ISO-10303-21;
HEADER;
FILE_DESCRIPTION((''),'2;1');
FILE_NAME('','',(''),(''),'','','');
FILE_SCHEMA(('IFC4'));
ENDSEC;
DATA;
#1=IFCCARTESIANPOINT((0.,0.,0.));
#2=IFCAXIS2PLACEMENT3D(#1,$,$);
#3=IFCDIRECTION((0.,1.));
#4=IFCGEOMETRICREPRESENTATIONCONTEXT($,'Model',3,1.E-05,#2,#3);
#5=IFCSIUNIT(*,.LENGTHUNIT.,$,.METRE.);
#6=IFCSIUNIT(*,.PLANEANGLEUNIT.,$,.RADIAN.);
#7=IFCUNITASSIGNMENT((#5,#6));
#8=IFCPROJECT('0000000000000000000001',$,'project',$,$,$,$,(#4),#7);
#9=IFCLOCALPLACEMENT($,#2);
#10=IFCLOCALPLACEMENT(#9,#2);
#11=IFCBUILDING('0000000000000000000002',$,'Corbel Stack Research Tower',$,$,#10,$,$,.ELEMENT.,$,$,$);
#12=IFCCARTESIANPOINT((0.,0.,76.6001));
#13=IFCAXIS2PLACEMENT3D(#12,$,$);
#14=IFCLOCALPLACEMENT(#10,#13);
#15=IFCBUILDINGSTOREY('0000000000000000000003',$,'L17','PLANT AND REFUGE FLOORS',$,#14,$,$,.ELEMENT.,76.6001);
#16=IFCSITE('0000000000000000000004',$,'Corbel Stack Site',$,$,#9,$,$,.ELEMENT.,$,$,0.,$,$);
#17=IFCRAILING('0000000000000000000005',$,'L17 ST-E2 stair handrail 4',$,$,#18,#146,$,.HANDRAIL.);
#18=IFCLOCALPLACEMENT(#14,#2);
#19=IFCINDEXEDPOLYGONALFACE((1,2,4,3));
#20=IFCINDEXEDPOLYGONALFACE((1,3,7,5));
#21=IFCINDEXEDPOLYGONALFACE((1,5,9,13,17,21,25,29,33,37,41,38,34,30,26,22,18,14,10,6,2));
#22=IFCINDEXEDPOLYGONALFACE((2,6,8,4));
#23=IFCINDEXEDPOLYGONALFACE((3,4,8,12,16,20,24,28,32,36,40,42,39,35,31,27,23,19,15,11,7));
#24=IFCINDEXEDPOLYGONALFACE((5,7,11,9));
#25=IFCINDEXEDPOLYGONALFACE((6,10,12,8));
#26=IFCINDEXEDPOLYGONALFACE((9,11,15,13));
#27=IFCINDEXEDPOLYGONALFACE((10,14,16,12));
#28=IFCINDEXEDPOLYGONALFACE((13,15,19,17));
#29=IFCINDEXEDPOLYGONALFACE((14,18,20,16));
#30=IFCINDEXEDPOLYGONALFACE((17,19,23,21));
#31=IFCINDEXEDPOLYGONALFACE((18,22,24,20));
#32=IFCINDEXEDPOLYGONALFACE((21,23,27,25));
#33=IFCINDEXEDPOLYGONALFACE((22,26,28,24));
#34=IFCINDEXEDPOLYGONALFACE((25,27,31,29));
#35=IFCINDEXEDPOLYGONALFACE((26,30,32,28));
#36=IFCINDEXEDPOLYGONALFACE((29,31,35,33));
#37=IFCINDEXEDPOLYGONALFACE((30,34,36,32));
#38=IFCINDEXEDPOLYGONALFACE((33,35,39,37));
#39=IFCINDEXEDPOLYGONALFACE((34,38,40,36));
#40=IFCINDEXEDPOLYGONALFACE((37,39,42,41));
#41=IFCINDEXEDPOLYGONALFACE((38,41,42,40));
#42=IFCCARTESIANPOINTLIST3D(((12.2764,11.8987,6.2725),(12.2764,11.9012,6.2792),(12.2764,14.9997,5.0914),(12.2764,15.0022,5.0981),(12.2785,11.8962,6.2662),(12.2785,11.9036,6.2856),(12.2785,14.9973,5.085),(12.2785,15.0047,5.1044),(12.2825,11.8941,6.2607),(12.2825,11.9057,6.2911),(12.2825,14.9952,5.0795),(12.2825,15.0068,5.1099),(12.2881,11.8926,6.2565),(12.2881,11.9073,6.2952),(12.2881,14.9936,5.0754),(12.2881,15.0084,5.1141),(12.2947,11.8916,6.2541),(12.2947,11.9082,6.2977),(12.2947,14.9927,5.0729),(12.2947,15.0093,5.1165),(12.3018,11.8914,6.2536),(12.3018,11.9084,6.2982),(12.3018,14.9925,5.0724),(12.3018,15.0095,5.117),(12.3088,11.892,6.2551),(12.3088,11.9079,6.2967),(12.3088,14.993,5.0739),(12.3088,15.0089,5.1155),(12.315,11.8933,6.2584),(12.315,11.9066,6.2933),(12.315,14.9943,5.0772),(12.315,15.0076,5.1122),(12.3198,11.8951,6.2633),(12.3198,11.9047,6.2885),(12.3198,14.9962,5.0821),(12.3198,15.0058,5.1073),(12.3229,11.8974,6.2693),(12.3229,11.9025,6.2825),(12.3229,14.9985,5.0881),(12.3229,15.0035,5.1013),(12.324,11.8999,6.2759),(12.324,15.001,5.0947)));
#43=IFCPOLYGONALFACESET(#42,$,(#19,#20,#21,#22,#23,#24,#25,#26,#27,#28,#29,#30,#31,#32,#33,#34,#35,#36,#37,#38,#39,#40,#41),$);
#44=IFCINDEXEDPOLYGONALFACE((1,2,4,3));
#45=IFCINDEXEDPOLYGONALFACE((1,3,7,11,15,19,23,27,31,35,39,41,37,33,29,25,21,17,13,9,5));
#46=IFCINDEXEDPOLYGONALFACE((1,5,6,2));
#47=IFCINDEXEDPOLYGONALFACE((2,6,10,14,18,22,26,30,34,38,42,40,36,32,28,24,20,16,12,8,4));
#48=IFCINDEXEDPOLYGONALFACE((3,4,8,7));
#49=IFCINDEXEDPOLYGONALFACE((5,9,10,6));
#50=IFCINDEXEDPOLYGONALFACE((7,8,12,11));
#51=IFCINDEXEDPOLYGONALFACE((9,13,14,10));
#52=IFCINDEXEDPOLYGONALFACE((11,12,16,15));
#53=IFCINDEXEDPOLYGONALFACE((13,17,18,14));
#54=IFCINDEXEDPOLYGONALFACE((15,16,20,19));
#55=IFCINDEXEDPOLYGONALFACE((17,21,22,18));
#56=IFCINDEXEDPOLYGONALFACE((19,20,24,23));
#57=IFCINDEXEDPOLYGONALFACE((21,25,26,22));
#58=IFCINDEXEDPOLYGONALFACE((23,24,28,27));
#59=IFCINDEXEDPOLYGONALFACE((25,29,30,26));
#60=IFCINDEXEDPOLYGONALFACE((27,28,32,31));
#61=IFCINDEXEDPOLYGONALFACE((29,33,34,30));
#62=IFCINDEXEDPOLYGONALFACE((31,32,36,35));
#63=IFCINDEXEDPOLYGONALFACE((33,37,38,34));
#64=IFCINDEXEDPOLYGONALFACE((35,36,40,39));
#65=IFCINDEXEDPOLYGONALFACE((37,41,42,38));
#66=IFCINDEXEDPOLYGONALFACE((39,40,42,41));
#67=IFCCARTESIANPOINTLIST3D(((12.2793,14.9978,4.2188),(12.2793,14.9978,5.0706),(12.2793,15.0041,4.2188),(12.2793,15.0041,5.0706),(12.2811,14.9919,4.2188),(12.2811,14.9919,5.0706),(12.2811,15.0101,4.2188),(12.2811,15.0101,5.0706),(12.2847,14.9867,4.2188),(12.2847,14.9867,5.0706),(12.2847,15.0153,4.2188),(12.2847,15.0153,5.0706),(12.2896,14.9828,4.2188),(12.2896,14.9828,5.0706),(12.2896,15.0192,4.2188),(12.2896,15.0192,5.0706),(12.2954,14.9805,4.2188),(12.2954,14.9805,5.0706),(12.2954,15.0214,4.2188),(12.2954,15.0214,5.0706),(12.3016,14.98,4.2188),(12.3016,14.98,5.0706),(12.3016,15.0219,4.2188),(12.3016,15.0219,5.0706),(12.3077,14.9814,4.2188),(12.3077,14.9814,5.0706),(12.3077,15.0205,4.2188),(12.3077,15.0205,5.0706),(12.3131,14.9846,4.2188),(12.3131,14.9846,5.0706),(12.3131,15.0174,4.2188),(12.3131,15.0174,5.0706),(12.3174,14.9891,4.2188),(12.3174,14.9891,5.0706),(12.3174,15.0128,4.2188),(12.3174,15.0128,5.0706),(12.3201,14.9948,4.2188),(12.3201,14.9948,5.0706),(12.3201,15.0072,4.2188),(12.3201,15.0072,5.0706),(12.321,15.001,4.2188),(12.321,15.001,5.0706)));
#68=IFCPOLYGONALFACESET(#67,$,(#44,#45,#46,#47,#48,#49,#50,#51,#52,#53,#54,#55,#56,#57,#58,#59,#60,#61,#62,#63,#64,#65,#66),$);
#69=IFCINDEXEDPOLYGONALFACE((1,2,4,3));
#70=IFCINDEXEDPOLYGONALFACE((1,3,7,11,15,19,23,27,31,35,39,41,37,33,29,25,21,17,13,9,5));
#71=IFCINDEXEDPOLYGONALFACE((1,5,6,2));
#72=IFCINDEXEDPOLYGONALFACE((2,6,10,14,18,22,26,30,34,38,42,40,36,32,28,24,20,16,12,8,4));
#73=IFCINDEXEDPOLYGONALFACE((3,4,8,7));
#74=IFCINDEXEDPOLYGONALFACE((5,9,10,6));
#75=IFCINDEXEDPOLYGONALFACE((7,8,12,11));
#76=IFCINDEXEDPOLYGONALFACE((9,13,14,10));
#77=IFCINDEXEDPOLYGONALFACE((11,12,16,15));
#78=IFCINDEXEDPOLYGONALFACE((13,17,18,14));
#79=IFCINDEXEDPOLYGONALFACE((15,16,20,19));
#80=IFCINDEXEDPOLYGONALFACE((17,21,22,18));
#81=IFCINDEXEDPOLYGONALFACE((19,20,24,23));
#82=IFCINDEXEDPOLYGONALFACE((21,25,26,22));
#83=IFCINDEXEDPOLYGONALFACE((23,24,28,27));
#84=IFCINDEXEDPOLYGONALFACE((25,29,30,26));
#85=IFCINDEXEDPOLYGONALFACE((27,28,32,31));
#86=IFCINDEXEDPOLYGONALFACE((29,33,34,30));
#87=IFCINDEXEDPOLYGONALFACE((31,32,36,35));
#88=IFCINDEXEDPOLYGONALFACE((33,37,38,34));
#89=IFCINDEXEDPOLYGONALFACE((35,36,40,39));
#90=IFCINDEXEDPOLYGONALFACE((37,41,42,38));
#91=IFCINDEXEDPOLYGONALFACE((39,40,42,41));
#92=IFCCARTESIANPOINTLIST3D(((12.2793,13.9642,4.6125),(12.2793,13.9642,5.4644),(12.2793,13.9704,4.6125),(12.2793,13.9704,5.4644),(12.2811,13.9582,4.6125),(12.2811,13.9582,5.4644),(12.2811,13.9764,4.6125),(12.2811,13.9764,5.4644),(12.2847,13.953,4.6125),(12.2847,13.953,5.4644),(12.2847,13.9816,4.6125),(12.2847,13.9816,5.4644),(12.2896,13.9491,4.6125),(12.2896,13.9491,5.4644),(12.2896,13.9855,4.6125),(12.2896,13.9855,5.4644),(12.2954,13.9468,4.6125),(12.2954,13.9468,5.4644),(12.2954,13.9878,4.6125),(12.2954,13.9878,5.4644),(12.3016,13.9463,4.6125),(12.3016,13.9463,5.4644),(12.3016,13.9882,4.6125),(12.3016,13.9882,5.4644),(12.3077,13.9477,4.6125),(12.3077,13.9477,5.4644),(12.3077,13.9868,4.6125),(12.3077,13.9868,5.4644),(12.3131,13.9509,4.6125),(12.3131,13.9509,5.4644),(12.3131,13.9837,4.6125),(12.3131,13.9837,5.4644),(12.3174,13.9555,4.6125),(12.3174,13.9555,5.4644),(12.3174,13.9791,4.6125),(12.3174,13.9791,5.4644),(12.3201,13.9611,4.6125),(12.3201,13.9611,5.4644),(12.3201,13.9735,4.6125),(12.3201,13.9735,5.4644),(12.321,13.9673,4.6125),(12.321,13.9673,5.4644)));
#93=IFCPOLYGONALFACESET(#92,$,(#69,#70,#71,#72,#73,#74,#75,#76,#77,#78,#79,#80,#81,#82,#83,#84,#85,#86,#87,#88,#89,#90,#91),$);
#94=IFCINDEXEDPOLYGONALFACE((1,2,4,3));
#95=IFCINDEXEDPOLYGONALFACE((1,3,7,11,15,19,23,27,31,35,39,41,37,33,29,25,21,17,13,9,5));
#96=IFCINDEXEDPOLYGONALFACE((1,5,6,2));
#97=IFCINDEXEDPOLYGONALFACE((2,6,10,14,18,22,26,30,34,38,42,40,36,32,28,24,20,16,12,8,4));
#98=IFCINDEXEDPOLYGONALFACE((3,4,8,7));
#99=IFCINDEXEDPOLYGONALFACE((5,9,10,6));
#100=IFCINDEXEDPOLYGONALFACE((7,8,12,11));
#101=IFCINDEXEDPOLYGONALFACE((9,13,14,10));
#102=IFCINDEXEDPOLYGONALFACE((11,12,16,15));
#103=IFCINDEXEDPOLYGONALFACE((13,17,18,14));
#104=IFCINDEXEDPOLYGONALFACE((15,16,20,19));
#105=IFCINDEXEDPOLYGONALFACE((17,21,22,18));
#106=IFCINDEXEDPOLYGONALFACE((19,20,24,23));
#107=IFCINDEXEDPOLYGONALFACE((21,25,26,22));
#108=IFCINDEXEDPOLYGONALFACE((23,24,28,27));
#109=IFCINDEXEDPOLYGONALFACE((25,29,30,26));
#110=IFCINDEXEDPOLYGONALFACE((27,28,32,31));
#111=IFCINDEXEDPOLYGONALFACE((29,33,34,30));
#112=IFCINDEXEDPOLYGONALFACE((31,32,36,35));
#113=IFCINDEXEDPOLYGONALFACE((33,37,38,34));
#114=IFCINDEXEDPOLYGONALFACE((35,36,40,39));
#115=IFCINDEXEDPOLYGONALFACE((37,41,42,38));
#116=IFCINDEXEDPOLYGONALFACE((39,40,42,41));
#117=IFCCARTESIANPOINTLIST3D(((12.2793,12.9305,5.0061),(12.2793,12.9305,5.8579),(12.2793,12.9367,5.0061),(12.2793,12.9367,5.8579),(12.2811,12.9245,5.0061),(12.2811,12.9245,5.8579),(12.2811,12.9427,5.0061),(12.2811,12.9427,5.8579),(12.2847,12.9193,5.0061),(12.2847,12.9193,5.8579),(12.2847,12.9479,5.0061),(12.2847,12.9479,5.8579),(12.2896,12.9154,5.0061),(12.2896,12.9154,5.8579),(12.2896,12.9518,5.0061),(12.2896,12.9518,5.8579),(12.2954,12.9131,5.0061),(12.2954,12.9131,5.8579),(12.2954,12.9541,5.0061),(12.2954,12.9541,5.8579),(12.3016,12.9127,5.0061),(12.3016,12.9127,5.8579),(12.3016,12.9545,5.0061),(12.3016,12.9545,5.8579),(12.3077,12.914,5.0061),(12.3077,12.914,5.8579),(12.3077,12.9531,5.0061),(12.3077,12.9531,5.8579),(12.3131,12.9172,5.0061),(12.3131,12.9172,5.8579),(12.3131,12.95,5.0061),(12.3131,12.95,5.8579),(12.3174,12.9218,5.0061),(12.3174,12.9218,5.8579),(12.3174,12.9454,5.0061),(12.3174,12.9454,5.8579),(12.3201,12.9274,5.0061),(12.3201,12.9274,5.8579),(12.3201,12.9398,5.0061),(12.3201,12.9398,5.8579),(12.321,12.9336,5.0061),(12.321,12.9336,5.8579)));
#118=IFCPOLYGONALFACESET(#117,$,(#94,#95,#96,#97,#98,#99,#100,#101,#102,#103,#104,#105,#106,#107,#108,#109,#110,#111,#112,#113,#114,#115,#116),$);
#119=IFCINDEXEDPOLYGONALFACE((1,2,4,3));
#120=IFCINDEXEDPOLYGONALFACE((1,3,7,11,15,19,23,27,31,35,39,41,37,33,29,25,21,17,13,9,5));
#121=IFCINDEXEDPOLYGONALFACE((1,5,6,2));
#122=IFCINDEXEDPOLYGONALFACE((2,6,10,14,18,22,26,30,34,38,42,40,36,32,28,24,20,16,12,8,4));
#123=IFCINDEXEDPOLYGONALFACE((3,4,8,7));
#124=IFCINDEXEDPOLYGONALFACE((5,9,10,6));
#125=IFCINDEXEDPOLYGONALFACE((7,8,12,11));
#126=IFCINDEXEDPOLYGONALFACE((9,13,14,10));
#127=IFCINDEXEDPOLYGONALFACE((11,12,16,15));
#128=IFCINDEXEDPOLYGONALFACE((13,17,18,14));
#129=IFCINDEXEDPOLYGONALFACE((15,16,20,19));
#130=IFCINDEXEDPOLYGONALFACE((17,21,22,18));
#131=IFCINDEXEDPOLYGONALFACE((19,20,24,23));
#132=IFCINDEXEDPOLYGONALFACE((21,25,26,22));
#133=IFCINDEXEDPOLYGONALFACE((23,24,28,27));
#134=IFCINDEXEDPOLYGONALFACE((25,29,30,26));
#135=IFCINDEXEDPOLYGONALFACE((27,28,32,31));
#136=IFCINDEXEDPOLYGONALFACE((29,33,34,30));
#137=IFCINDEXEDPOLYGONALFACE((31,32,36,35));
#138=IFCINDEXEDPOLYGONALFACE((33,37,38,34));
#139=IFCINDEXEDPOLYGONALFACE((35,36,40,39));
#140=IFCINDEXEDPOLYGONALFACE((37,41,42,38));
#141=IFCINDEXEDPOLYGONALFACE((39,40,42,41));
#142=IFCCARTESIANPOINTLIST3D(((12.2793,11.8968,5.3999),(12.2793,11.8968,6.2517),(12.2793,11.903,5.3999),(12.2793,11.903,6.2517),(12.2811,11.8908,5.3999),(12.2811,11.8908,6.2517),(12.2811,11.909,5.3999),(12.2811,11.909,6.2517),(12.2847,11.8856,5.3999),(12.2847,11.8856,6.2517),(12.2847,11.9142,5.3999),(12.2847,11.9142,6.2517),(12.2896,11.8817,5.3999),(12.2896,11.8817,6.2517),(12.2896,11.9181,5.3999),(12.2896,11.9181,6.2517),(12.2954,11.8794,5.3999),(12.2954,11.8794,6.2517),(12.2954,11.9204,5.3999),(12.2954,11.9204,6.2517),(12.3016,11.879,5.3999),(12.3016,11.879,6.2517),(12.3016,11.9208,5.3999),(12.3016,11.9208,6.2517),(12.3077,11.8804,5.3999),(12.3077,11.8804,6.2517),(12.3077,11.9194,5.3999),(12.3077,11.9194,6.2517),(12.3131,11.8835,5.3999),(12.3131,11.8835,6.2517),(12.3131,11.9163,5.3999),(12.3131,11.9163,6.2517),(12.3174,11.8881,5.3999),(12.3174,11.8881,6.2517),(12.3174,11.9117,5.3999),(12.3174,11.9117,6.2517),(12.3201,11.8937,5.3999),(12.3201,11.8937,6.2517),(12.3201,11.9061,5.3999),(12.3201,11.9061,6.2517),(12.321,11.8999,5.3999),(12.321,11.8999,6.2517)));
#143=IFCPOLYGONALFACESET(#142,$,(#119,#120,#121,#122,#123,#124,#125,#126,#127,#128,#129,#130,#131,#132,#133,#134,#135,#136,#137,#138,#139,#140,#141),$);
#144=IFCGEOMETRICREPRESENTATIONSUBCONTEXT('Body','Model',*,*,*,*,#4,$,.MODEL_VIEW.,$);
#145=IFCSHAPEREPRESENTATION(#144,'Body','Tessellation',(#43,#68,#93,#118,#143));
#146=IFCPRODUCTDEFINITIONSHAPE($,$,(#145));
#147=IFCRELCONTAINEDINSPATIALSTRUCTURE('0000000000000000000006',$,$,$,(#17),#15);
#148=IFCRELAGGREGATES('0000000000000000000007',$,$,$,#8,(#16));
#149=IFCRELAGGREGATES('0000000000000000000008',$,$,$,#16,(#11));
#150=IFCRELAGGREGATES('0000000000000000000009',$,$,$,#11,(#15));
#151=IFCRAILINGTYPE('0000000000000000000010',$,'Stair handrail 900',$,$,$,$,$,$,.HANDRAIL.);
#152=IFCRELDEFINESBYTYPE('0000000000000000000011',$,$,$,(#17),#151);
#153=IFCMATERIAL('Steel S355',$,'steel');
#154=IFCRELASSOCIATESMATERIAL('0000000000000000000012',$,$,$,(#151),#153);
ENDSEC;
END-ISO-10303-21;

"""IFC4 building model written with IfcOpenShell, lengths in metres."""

from ifc_helpers import new_model, si_unit, direction, frame, origin, origin_2d, place, context, subcontext, project, spatial, circle, extrude, material, type_object, element, save


model = new_model("IFC4")

# Units and contexts
model_context = context("Model", 3, precision=1e-05, world=origin(), true_north=direction((0.0, 1.0)))
body_context = subcontext(model_context, "Body", "Model", "MODEL_VIEW")
ifc_project = project(units=[si_unit("LENGTHUNIT", "METRE"), si_unit("PLANEANGLEUNIT", "RADIAN")], contexts=[model_context])

# Site, building, storey
site_placement = place(None, origin())
site = spatial("IfcSite", under=ifc_project, at=site_placement, Name="Corbel Stack Site", CompositionType="ELEMENT", RefElevation=0.0)
building_placement = place(site_placement, origin())
building = spatial("IfcBuilding", under=site, at=building_placement, Name="Corbel Stack Research Tower", CompositionType="ELEMENT")
storey_placement = place(building_placement, frame((0.0, 0.0, 76.6001)))
storey = spatial("IfcBuildingStorey", under=building, at=storey_placement, Name="L17", Description="PLANT AND REFUGE FLOORS", CompositionType="ELEMENT", Elevation=76.6001)

# Railing
ifc_material_1 = material(Name="Steel S355", Category="steel")
railing_type_1 = type_object("IfcRailingType", Name="Stair handrail 900", PredefinedType="HANDRAIL", material=ifc_material_1)
railing_1_placement = place(storey_placement, frame((12.3, 15.001, 4.2188)))
element("IfcRailing", 1, at=railing_1_placement, inside=storey, type_object=railing_type_1, Name="L17 ST-E2 stair handrail 4", PredefinedType="HANDRAIL", context=body_context, shape_type="SweptSolid", body=[
    extrude(circle(Radius=0.0239, at=origin_2d()), frame((0.0, 0.0, 0.876), z_axis=(0.0, -0.934509, 0.35594), x_axis=(1.0, 0.0, 0.0)), (0.0, 0.0, 1.0), 3.3184),
    extrude(circle(Radius=0.021, at=origin_2d()), origin(), (0.0, 0.0, 1.0), 0.8518),
    extrude(circle(Radius=0.021, at=origin_2d()), frame((0.0, -1.0337, 0.3938)), (0.0, 0.0, 1.0), 0.8518),
    extrude(circle(Radius=0.021, at=origin_2d()), frame((0.0, -2.0674, 0.7874)), (0.0, 0.0, 1.0), 0.8518),
    extrude(circle(Radius=0.021, at=origin_2d()), frame((0.0, -3.1011, 1.1812)), (0.0, 0.0, 1.0), 0.8518),
])

save(model, "model.ifc")
